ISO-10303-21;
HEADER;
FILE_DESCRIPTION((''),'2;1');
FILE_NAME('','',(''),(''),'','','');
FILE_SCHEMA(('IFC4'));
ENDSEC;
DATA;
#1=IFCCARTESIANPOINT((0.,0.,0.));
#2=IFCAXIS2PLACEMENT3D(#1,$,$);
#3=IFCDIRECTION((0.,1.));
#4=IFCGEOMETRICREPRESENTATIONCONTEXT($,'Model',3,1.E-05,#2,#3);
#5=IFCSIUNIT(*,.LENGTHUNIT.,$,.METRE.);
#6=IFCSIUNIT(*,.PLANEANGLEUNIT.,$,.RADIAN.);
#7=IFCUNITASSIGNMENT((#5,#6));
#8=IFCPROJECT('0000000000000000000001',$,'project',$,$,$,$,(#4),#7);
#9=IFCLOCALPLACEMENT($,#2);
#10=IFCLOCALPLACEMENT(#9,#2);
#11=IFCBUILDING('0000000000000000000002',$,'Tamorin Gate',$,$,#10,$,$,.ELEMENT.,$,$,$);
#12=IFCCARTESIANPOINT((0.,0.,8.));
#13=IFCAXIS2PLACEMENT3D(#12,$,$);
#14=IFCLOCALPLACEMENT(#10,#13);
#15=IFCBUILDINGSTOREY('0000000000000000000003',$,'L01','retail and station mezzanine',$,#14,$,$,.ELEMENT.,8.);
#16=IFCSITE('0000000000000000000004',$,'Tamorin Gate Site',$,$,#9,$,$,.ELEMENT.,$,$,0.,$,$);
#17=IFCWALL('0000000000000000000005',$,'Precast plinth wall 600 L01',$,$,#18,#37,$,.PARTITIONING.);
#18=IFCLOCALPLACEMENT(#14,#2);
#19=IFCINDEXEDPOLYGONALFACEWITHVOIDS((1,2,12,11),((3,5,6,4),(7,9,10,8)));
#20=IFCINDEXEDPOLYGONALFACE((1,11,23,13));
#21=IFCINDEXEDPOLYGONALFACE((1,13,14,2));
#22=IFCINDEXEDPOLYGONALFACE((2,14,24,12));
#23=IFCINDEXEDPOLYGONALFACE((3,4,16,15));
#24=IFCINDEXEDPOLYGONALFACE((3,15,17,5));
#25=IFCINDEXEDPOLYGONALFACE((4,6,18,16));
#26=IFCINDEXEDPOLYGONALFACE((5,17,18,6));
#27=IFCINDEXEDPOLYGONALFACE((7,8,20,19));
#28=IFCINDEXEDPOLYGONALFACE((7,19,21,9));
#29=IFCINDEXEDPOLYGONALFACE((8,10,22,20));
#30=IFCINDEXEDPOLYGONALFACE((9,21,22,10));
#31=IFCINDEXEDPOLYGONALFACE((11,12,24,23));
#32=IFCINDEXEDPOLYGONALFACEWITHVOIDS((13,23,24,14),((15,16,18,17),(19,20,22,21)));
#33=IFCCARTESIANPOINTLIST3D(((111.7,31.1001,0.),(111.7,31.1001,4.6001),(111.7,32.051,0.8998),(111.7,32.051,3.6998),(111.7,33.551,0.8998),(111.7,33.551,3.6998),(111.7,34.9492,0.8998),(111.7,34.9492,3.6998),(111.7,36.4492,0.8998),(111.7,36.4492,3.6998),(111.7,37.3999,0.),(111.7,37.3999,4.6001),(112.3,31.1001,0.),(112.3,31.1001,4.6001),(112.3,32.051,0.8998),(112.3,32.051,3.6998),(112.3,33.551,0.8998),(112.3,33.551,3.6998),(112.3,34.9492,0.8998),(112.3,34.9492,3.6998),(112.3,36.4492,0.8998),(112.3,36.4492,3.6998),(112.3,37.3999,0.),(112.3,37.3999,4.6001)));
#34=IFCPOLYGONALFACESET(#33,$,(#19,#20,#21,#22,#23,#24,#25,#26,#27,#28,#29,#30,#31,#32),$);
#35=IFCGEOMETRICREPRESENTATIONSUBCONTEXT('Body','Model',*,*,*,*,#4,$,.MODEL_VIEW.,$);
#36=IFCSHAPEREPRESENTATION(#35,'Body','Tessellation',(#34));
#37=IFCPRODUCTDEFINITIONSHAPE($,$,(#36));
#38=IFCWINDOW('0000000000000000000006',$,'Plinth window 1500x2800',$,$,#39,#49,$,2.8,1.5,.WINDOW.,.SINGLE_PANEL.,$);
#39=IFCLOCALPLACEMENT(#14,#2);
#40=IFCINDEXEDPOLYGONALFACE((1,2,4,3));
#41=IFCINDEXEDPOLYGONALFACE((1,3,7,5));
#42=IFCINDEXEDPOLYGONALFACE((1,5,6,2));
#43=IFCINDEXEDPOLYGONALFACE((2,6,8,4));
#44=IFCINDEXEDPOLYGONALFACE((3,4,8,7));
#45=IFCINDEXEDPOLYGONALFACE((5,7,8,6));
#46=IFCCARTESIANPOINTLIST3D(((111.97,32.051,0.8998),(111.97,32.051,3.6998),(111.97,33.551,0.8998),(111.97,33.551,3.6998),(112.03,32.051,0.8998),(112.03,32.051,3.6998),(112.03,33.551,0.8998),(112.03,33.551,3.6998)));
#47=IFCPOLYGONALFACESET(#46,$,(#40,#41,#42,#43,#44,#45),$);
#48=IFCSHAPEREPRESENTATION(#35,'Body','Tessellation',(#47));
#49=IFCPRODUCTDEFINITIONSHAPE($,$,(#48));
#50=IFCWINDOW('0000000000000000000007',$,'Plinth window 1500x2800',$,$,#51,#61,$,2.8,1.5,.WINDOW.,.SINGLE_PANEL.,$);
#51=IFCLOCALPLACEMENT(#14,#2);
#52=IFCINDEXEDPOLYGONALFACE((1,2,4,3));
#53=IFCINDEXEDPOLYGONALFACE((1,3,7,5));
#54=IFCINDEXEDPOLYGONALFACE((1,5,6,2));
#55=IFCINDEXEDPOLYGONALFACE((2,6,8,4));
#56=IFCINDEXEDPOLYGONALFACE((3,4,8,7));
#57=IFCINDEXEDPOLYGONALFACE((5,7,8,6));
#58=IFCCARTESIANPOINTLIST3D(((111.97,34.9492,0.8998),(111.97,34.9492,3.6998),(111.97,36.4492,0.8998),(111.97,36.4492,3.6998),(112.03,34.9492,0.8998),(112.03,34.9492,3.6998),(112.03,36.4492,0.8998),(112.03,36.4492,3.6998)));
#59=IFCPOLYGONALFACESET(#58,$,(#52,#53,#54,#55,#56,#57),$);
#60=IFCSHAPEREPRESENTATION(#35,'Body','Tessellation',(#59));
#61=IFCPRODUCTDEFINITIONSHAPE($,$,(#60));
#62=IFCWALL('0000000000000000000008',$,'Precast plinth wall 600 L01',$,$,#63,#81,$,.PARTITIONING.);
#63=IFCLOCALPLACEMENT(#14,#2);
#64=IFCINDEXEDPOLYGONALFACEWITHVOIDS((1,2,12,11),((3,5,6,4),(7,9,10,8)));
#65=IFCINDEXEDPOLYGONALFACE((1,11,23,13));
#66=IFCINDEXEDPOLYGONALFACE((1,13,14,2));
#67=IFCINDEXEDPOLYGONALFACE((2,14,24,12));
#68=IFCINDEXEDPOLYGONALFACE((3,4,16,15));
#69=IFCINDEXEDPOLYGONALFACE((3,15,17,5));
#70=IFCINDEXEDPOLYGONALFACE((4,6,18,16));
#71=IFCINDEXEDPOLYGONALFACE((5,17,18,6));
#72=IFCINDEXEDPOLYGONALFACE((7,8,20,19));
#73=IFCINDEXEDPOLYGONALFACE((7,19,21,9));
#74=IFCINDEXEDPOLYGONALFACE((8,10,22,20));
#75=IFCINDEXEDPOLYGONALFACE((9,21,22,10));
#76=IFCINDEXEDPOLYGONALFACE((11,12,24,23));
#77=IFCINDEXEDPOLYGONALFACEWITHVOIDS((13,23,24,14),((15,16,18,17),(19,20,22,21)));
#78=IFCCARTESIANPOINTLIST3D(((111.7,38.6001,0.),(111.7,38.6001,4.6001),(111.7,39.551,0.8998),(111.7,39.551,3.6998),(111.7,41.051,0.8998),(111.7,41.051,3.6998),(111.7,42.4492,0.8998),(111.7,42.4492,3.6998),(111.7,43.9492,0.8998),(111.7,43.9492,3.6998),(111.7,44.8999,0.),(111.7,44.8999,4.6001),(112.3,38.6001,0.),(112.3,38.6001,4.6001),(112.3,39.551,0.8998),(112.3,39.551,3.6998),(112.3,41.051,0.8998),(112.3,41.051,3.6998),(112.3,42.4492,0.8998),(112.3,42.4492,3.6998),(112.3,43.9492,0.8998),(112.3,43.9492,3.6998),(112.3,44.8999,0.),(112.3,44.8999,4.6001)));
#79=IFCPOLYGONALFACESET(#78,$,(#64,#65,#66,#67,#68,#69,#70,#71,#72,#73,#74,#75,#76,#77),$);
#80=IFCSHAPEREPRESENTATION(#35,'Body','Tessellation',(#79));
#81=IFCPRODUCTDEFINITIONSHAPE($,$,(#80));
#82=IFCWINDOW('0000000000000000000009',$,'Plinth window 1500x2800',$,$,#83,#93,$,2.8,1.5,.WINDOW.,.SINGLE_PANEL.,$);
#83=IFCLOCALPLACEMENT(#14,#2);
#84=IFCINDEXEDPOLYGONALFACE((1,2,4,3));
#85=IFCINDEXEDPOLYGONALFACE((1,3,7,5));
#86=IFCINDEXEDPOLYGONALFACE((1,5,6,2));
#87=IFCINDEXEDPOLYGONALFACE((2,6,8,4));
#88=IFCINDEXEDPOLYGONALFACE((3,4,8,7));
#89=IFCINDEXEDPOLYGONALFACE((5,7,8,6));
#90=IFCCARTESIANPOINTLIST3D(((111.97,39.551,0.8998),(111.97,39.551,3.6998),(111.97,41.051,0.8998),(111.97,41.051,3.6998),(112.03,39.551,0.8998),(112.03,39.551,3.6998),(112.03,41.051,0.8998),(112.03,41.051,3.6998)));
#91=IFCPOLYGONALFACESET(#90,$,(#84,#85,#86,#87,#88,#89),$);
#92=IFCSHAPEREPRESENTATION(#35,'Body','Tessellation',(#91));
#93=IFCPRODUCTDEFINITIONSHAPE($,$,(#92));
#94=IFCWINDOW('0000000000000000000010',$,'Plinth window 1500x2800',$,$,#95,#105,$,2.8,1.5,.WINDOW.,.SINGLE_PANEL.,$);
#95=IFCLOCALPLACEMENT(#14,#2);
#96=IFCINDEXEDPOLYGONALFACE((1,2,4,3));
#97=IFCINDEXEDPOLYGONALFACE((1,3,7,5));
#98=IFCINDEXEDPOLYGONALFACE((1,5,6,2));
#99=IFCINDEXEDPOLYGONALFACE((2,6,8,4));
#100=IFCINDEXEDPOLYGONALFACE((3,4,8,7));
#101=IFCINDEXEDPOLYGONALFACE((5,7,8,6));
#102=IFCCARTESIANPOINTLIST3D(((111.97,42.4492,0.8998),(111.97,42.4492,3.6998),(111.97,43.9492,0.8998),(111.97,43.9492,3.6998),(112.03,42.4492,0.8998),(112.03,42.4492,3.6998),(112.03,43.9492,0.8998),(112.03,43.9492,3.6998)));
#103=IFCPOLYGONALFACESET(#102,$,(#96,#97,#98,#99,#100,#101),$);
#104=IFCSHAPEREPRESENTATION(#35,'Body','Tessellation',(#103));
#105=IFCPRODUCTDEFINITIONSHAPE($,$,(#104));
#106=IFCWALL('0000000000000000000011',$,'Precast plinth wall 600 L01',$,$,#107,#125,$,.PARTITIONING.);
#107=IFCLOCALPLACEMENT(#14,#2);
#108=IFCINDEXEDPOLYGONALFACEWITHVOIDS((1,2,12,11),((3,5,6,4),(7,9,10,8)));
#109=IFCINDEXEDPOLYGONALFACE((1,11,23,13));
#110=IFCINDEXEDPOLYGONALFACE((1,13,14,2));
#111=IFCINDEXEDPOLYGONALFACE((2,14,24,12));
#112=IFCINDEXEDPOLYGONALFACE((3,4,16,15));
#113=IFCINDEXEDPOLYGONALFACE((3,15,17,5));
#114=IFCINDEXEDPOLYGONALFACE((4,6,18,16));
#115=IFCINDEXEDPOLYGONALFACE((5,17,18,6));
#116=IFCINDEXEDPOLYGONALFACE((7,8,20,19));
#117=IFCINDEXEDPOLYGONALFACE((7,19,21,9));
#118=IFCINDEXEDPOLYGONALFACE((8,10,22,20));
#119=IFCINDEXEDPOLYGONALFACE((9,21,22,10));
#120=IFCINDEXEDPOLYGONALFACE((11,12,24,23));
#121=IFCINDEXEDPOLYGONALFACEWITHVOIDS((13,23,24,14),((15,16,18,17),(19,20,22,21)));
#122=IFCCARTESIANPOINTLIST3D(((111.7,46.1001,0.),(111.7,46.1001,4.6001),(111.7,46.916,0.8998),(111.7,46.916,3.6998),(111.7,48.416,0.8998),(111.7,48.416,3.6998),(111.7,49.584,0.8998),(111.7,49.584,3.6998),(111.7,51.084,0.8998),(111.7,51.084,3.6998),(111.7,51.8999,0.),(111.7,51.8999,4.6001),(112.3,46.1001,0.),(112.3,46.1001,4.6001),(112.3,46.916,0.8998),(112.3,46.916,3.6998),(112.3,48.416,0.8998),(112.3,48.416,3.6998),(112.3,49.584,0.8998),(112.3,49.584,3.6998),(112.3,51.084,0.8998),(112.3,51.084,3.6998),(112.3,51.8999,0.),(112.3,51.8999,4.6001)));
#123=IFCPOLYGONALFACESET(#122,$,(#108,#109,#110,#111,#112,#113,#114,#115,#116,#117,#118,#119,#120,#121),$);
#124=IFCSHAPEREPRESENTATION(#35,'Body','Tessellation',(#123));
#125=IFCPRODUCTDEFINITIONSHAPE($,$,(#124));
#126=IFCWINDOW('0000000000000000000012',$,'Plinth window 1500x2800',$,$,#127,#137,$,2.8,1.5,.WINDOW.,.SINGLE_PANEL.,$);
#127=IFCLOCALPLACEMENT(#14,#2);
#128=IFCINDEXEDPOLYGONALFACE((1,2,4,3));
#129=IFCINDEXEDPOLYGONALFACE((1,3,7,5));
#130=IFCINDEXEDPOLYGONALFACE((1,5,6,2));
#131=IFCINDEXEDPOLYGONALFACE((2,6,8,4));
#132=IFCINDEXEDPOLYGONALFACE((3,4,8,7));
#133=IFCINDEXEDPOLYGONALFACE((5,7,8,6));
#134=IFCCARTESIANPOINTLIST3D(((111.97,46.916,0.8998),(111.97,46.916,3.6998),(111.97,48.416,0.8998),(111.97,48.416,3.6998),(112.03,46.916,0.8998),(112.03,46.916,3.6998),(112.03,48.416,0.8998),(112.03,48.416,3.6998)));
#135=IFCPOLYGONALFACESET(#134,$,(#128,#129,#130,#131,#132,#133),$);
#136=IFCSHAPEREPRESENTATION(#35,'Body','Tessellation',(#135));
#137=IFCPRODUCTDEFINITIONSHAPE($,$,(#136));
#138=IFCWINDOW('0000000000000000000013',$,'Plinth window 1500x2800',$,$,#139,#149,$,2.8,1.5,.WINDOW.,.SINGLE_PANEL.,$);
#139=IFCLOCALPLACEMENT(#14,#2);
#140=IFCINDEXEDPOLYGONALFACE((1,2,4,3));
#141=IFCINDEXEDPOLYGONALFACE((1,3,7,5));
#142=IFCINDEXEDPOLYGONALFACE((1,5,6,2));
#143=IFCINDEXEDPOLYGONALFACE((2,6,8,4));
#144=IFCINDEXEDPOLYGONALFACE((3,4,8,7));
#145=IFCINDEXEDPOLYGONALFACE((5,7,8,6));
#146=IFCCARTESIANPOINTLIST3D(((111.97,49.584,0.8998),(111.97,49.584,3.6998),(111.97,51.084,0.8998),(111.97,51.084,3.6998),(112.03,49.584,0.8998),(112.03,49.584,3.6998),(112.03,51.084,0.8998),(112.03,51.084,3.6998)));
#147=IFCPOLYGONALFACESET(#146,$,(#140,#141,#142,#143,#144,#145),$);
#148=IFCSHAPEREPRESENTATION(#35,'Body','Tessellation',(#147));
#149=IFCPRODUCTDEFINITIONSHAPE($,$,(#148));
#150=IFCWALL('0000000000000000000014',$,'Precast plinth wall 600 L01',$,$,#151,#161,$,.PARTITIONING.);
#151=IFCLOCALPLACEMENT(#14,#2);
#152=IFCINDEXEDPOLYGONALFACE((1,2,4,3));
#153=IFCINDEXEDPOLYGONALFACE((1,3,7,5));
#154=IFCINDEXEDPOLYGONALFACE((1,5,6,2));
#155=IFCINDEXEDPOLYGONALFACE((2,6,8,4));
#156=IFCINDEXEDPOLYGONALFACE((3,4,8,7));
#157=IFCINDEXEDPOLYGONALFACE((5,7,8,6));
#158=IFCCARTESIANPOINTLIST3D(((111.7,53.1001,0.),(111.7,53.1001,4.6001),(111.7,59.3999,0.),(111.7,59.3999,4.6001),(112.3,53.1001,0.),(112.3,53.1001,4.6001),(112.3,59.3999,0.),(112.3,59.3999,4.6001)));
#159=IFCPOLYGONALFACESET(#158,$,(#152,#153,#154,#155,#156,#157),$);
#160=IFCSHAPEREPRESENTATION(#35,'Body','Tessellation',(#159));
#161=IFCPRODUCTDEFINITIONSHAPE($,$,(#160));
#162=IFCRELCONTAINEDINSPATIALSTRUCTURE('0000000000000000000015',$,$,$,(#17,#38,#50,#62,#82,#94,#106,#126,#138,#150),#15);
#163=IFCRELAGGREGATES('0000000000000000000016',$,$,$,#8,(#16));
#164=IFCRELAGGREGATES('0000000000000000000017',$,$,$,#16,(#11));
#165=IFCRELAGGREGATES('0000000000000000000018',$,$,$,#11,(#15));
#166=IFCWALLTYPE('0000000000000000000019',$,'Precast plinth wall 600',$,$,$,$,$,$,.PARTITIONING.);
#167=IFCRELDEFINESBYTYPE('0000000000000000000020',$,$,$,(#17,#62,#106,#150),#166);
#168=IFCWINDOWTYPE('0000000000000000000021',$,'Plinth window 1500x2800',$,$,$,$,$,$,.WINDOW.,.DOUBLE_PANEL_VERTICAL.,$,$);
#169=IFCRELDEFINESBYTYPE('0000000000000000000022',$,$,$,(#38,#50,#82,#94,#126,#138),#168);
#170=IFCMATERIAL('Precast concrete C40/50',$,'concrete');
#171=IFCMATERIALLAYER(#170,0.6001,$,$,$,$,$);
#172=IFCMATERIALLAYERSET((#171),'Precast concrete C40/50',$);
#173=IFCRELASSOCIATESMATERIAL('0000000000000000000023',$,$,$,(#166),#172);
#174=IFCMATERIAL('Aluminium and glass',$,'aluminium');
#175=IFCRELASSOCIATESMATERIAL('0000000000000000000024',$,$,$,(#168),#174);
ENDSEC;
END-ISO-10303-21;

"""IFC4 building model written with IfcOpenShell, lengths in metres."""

from ifc_helpers import new_model, si_unit, direction, frame, frame_2d, origin, place, context, subcontext, project, spatial, rectangle, extrude, material, layer, layer_set, type_object, element, fill, save


model = new_model("IFC4")

# Units and contexts
model_context = context("Model", 3, precision=1e-05, world=origin(), true_north=direction((0.0, 1.0)))
body_context = subcontext(model_context, "Body", "Model", "MODEL_VIEW")
ifc_project = project(units=[si_unit("LENGTHUNIT", "METRE"), si_unit("PLANEANGLEUNIT", "RADIAN")], contexts=[model_context])

# Site, building, storey
site_placement = place(None, origin())
site = spatial("IfcSite", under=ifc_project, at=site_placement, Name="Tamorin Gate Site", CompositionType="ELEMENT", RefElevation=0.0)
building_placement = place(site_placement, origin())
building = spatial("IfcBuilding", under=site, at=building_placement, Name="Tamorin Gate", CompositionType="ELEMENT")
storey_placement = place(building_placement, frame((0.0, 0.0, 8.0)))
storey = spatial("IfcBuildingStorey", under=building, at=storey_placement, Name="L01", Description="retail and station mezzanine", CompositionType="ELEMENT", Elevation=8.0)

# Walls, openings, windows
ifc_material_1 = material(Name="Precast concrete C40/50", Category="concrete")
ifc_layer_1 = layer(ifc_material_1, 0.6001)
ifc_layer_set_1 = layer_set([ifc_layer_1], Name="Precast concrete C40/50")
wall_type_1 = type_object("IfcWallType", Name="Precast plinth wall 600", PredefinedType="PARTITIONING", material=ifc_layer_set_1)
wall_1_placement = place(storey_placement, frame((112.0, 31.1001, 0.0), z_axis=(0.0, 0.0, 1.0), x_axis=(0.0, 1.0, 0.0)))
wall_1 = element("IfcWall", 1, at=wall_1_placement, inside=storey, type_object=wall_type_1, Name="Precast plinth wall 600 L01", PredefinedType="PARTITIONING", context=body_context, shape_type="SweptSolid", body=[
    extrude(rectangle(XDim=6.2998, YDim=0.6001, at=frame_2d((3.1499, 0.0))), origin(), (0.0, 0.0, 1.0), 4.6001),
])
opening_1_placement = place(wall_1_placement, frame((0.9509, 0.0, 0.8999)))
opening_1 = element("IfcOpeningElement", 2, at=opening_1_placement, cuts=wall_1, PredefinedType="OPENING", context=body_context, shape_type="SweptSolid", body=[
    extrude(rectangle(XDim=1.5, YDim=2.8, at=frame_2d((0.75, 1.3999))), frame((0.0, 0.3101, 0.0), z_axis=(0.0, -1.0, 0.0), x_axis=(1.0, 0.0, 0.0)), (0.0, 0.0, 1.0), 0.6201),
])
opening_2_placement = place(wall_1_placement, frame((3.8491, 0.0, 0.8999)))
opening_2 = element("IfcOpeningElement", 3, at=opening_2_placement, cuts=wall_1, PredefinedType="OPENING", context=body_context, shape_type="SweptSolid", body=[
    extrude(rectangle(XDim=1.5, YDim=2.8, at=frame_2d((0.75, 1.3999))), frame((0.0, 0.3101, 0.0), z_axis=(0.0, -1.0, 0.0), x_axis=(1.0, 0.0, 0.0)), (0.0, 0.0, 1.0), 0.6201),
])
ifc_material_2 = material(Name="Aluminium and glass", Category="aluminium")
window_type = type_object("IfcWindowType", Name="Plinth window 1500x2800", PartitioningType="DOUBLE_PANEL_VERTICAL", PredefinedType="WINDOW", material=ifc_material_2)
window_1_placement = place(opening_1_placement, origin())
window_1 = element("IfcWindow", 4, at=window_1_placement, inside=storey, type_object=window_type, Name="Plinth window 1500x2800", OverallHeight=2.8, OverallWidth=1.5, PartitioningType="SINGLE_PANEL", PredefinedType="WINDOW", context=body_context, shape_type="SweptSolid", body=[
    extrude(rectangle(XDim=1.5, YDim=2.8, at=frame_2d((0.75, 1.3999))), frame((0.0, 0.03, 0.0), z_axis=(0.0, -1.0, 0.0), x_axis=(1.0, 0.0, 0.0)), (0.0, 0.0, 1.0), 0.0601),
])
fill(opening_1, window_1)
window_2_placement = place(opening_2_placement, origin())
window_2 = element("IfcWindow", 5, at=window_2_placement, inside=storey, type_object=window_type, Name="Plinth window 1500x2800", OverallHeight=2.8, OverallWidth=1.5, PartitioningType="SINGLE_PANEL", PredefinedType="WINDOW", context=body_context, shape_type="SweptSolid", body=[
    extrude(rectangle(XDim=1.5, YDim=2.8, at=frame_2d((0.75, 1.3999))), frame((0.0, 0.03, 0.0), z_axis=(0.0, -1.0, 0.0), x_axis=(1.0, 0.0, 0.0)), (0.0, 0.0, 1.0), 0.0601),
])
fill(opening_2, window_2)
wall_2_placement = place(storey_placement, frame((112.0, 38.6001, 0.0), z_axis=(0.0, 0.0, 1.0), x_axis=(0.0, 1.0, 0.0)))
wall_2 = element("IfcWall", 6, at=wall_2_placement, inside=storey, type_object=wall_type_1, Name="Precast plinth wall 600 L01", PredefinedType="PARTITIONING", context=body_context, shape_type="SweptSolid", body=[
    extrude(rectangle(XDim=6.2998, YDim=0.6001, at=frame_2d((3.1499, 0.0))), origin(), (0.0, 0.0, 1.0), 4.6001),
])
opening_3_placement = place(wall_2_placement, frame((0.9509, 0.0, 0.8999)))
opening_3 = element("IfcOpeningElement", 7, at=opening_3_placement, cuts=wall_2, PredefinedType="OPENING", context=body_context, shape_type="SweptSolid", body=[
    extrude(rectangle(XDim=1.5, YDim=2.8, at=frame_2d((0.75, 1.3999))), frame((0.0, 0.3101, 0.0), z_axis=(0.0, -1.0, 0.0), x_axis=(1.0, 0.0, 0.0)), (0.0, 0.0, 1.0), 0.6201),
])
opening_4_placement = place(wall_2_placement, frame((3.8491, 0.0, 0.8999)))
opening_4 = element("IfcOpeningElement", 8, at=opening_4_placement, cuts=wall_2, PredefinedType="OPENING", context=body_context, shape_type="SweptSolid", body=[
    extrude(rectangle(XDim=1.5, YDim=2.8, at=frame_2d((0.75, 1.3999))), frame((0.0, 0.3101, 0.0), z_axis=(0.0, -1.0, 0.0), x_axis=(1.0, 0.0, 0.0)), (0.0, 0.0, 1.0), 0.6201),
])
window_3_placement = place(opening_3_placement, origin())
window_3 = element("IfcWindow", 9, at=window_3_placement, inside=storey, type_object=window_type, Name="Plinth window 1500x2800", OverallHeight=2.8, OverallWidth=1.5, PartitioningType="SINGLE_PANEL", PredefinedType="WINDOW", context=body_context, shape_type="SweptSolid", body=[
    extrude(rectangle(XDim=1.5, YDim=2.8, at=frame_2d((0.75, 1.3999))), frame((0.0, 0.03, 0.0), z_axis=(0.0, -1.0, 0.0), x_axis=(1.0, 0.0, 0.0)), (0.0, 0.0, 1.0), 0.0601),
])
fill(opening_3, window_3)
window_4_placement = place(opening_4_placement, origin())
window_4 = element("IfcWindow", 10, at=window_4_placement, inside=storey, type_object=window_type, Name="Plinth window 1500x2800", OverallHeight=2.8, OverallWidth=1.5, PartitioningType="SINGLE_PANEL", PredefinedType="WINDOW", context=body_context, shape_type="SweptSolid", body=[
    extrude(rectangle(XDim=1.5, YDim=2.8, at=frame_2d((0.75, 1.3999))), frame((0.0, 0.03, 0.0), z_axis=(0.0, -1.0, 0.0), x_axis=(1.0, 0.0, 0.0)), (0.0, 0.0, 1.0), 0.0601),
])
fill(opening_4, window_4)
wall_3_placement = place(storey_placement, frame((112.0, 46.1001, 0.0), z_axis=(0.0, 0.0, 1.0), x_axis=(0.0, 1.0, 0.0)))
wall_3 = element("IfcWall", 11, at=wall_3_placement, inside=storey, type_object=wall_type_1, Name="Precast plinth wall 600 L01", PredefinedType="PARTITIONING", context=body_context, shape_type="SweptSolid", body=[
    extrude(rectangle(XDim=5.7998, YDim=0.6001, at=frame_2d((2.8999, 0.0))), origin(), (0.0, 0.0, 1.0), 4.6001),
])
opening_5_placement = place(wall_3_placement, frame((0.8159, 0.0, 0.8999)))
opening_5 = element("IfcOpeningElement", 12, at=opening_5_placement, cuts=wall_3, PredefinedType="OPENING", context=body_context, shape_type="SweptSolid", body=[
    extrude(rectangle(XDim=1.5, YDim=2.8, at=frame_2d((0.75, 1.3999))), frame((0.0, 0.3101, 0.0), z_axis=(0.0, -1.0, 0.0), x_axis=(1.0, 0.0, 0.0)), (0.0, 0.0, 1.0), 0.6201),
])
opening_6_placement = place(wall_3_placement, frame((3.4839, 0.0, 0.8999)))
opening_6 = element("IfcOpeningElement", 13, at=opening_6_placement, cuts=wall_3, PredefinedType="OPENING", context=body_context, shape_type="SweptSolid", body=[
    extrude(rectangle(XDim=1.5, YDim=2.8, at=frame_2d((0.75, 1.3999))), frame((0.0, 0.3101, 0.0), z_axis=(0.0, -1.0, 0.0), x_axis=(1.0, 0.0, 0.0)), (0.0, 0.0, 1.0), 0.6201),
])
window_5_placement = place(opening_5_placement, origin())
window_5 = element("IfcWindow", 14, at=window_5_placement, inside=storey, type_object=window_type, Name="Plinth window 1500x2800", OverallHeight=2.8, OverallWidth=1.5, PartitioningType="SINGLE_PANEL", PredefinedType="WINDOW", context=body_context, shape_type="SweptSolid", body=[
    extrude(rectangle(XDim=1.5, YDim=2.8, at=frame_2d((0.75, 1.3999))), frame((0.0, 0.03, 0.0), z_axis=(0.0, -1.0, 0.0), x_axis=(1.0, 0.0, 0.0)), (0.0, 0.0, 1.0), 0.0601),
])
fill(opening_5, window_5)
window_6_placement = place(opening_6_placement, origin())
window_6 = element("IfcWindow", 15, at=window_6_placement, inside=storey, type_object=window_type, Name="Plinth window 1500x2800", OverallHeight=2.8, OverallWidth=1.5, PartitioningType="SINGLE_PANEL", PredefinedType="WINDOW", context=body_context, shape_type="SweptSolid", body=[
    extrude(rectangle(XDim=1.5, YDim=2.8, at=frame_2d((0.75, 1.3999))), frame((0.0, 0.03, 0.0), z_axis=(0.0, -1.0, 0.0), x_axis=(1.0, 0.0, 0.0)), (0.0, 0.0, 1.0), 0.0601),
])
fill(opening_6, window_6)

# Wall
wall_4_placement = place(storey_placement, frame((112.0, 53.1001, 0.0), z_axis=(0.0, 0.0, 1.0), x_axis=(0.0, 1.0, 0.0)))
element("IfcWall", 16, at=wall_4_placement, inside=storey, type_object=wall_type_1, Name="Precast plinth wall 600 L01", PredefinedType="PARTITIONING", context=body_context, shape_type="SweptSolid", body=[
    extrude(rectangle(XDim=6.2998, YDim=0.6001, at=frame_2d((3.1499, 0.0))), origin(), (0.0, 0.0, 1.0), 4.6001),
])

save(model, "model.ifc")
